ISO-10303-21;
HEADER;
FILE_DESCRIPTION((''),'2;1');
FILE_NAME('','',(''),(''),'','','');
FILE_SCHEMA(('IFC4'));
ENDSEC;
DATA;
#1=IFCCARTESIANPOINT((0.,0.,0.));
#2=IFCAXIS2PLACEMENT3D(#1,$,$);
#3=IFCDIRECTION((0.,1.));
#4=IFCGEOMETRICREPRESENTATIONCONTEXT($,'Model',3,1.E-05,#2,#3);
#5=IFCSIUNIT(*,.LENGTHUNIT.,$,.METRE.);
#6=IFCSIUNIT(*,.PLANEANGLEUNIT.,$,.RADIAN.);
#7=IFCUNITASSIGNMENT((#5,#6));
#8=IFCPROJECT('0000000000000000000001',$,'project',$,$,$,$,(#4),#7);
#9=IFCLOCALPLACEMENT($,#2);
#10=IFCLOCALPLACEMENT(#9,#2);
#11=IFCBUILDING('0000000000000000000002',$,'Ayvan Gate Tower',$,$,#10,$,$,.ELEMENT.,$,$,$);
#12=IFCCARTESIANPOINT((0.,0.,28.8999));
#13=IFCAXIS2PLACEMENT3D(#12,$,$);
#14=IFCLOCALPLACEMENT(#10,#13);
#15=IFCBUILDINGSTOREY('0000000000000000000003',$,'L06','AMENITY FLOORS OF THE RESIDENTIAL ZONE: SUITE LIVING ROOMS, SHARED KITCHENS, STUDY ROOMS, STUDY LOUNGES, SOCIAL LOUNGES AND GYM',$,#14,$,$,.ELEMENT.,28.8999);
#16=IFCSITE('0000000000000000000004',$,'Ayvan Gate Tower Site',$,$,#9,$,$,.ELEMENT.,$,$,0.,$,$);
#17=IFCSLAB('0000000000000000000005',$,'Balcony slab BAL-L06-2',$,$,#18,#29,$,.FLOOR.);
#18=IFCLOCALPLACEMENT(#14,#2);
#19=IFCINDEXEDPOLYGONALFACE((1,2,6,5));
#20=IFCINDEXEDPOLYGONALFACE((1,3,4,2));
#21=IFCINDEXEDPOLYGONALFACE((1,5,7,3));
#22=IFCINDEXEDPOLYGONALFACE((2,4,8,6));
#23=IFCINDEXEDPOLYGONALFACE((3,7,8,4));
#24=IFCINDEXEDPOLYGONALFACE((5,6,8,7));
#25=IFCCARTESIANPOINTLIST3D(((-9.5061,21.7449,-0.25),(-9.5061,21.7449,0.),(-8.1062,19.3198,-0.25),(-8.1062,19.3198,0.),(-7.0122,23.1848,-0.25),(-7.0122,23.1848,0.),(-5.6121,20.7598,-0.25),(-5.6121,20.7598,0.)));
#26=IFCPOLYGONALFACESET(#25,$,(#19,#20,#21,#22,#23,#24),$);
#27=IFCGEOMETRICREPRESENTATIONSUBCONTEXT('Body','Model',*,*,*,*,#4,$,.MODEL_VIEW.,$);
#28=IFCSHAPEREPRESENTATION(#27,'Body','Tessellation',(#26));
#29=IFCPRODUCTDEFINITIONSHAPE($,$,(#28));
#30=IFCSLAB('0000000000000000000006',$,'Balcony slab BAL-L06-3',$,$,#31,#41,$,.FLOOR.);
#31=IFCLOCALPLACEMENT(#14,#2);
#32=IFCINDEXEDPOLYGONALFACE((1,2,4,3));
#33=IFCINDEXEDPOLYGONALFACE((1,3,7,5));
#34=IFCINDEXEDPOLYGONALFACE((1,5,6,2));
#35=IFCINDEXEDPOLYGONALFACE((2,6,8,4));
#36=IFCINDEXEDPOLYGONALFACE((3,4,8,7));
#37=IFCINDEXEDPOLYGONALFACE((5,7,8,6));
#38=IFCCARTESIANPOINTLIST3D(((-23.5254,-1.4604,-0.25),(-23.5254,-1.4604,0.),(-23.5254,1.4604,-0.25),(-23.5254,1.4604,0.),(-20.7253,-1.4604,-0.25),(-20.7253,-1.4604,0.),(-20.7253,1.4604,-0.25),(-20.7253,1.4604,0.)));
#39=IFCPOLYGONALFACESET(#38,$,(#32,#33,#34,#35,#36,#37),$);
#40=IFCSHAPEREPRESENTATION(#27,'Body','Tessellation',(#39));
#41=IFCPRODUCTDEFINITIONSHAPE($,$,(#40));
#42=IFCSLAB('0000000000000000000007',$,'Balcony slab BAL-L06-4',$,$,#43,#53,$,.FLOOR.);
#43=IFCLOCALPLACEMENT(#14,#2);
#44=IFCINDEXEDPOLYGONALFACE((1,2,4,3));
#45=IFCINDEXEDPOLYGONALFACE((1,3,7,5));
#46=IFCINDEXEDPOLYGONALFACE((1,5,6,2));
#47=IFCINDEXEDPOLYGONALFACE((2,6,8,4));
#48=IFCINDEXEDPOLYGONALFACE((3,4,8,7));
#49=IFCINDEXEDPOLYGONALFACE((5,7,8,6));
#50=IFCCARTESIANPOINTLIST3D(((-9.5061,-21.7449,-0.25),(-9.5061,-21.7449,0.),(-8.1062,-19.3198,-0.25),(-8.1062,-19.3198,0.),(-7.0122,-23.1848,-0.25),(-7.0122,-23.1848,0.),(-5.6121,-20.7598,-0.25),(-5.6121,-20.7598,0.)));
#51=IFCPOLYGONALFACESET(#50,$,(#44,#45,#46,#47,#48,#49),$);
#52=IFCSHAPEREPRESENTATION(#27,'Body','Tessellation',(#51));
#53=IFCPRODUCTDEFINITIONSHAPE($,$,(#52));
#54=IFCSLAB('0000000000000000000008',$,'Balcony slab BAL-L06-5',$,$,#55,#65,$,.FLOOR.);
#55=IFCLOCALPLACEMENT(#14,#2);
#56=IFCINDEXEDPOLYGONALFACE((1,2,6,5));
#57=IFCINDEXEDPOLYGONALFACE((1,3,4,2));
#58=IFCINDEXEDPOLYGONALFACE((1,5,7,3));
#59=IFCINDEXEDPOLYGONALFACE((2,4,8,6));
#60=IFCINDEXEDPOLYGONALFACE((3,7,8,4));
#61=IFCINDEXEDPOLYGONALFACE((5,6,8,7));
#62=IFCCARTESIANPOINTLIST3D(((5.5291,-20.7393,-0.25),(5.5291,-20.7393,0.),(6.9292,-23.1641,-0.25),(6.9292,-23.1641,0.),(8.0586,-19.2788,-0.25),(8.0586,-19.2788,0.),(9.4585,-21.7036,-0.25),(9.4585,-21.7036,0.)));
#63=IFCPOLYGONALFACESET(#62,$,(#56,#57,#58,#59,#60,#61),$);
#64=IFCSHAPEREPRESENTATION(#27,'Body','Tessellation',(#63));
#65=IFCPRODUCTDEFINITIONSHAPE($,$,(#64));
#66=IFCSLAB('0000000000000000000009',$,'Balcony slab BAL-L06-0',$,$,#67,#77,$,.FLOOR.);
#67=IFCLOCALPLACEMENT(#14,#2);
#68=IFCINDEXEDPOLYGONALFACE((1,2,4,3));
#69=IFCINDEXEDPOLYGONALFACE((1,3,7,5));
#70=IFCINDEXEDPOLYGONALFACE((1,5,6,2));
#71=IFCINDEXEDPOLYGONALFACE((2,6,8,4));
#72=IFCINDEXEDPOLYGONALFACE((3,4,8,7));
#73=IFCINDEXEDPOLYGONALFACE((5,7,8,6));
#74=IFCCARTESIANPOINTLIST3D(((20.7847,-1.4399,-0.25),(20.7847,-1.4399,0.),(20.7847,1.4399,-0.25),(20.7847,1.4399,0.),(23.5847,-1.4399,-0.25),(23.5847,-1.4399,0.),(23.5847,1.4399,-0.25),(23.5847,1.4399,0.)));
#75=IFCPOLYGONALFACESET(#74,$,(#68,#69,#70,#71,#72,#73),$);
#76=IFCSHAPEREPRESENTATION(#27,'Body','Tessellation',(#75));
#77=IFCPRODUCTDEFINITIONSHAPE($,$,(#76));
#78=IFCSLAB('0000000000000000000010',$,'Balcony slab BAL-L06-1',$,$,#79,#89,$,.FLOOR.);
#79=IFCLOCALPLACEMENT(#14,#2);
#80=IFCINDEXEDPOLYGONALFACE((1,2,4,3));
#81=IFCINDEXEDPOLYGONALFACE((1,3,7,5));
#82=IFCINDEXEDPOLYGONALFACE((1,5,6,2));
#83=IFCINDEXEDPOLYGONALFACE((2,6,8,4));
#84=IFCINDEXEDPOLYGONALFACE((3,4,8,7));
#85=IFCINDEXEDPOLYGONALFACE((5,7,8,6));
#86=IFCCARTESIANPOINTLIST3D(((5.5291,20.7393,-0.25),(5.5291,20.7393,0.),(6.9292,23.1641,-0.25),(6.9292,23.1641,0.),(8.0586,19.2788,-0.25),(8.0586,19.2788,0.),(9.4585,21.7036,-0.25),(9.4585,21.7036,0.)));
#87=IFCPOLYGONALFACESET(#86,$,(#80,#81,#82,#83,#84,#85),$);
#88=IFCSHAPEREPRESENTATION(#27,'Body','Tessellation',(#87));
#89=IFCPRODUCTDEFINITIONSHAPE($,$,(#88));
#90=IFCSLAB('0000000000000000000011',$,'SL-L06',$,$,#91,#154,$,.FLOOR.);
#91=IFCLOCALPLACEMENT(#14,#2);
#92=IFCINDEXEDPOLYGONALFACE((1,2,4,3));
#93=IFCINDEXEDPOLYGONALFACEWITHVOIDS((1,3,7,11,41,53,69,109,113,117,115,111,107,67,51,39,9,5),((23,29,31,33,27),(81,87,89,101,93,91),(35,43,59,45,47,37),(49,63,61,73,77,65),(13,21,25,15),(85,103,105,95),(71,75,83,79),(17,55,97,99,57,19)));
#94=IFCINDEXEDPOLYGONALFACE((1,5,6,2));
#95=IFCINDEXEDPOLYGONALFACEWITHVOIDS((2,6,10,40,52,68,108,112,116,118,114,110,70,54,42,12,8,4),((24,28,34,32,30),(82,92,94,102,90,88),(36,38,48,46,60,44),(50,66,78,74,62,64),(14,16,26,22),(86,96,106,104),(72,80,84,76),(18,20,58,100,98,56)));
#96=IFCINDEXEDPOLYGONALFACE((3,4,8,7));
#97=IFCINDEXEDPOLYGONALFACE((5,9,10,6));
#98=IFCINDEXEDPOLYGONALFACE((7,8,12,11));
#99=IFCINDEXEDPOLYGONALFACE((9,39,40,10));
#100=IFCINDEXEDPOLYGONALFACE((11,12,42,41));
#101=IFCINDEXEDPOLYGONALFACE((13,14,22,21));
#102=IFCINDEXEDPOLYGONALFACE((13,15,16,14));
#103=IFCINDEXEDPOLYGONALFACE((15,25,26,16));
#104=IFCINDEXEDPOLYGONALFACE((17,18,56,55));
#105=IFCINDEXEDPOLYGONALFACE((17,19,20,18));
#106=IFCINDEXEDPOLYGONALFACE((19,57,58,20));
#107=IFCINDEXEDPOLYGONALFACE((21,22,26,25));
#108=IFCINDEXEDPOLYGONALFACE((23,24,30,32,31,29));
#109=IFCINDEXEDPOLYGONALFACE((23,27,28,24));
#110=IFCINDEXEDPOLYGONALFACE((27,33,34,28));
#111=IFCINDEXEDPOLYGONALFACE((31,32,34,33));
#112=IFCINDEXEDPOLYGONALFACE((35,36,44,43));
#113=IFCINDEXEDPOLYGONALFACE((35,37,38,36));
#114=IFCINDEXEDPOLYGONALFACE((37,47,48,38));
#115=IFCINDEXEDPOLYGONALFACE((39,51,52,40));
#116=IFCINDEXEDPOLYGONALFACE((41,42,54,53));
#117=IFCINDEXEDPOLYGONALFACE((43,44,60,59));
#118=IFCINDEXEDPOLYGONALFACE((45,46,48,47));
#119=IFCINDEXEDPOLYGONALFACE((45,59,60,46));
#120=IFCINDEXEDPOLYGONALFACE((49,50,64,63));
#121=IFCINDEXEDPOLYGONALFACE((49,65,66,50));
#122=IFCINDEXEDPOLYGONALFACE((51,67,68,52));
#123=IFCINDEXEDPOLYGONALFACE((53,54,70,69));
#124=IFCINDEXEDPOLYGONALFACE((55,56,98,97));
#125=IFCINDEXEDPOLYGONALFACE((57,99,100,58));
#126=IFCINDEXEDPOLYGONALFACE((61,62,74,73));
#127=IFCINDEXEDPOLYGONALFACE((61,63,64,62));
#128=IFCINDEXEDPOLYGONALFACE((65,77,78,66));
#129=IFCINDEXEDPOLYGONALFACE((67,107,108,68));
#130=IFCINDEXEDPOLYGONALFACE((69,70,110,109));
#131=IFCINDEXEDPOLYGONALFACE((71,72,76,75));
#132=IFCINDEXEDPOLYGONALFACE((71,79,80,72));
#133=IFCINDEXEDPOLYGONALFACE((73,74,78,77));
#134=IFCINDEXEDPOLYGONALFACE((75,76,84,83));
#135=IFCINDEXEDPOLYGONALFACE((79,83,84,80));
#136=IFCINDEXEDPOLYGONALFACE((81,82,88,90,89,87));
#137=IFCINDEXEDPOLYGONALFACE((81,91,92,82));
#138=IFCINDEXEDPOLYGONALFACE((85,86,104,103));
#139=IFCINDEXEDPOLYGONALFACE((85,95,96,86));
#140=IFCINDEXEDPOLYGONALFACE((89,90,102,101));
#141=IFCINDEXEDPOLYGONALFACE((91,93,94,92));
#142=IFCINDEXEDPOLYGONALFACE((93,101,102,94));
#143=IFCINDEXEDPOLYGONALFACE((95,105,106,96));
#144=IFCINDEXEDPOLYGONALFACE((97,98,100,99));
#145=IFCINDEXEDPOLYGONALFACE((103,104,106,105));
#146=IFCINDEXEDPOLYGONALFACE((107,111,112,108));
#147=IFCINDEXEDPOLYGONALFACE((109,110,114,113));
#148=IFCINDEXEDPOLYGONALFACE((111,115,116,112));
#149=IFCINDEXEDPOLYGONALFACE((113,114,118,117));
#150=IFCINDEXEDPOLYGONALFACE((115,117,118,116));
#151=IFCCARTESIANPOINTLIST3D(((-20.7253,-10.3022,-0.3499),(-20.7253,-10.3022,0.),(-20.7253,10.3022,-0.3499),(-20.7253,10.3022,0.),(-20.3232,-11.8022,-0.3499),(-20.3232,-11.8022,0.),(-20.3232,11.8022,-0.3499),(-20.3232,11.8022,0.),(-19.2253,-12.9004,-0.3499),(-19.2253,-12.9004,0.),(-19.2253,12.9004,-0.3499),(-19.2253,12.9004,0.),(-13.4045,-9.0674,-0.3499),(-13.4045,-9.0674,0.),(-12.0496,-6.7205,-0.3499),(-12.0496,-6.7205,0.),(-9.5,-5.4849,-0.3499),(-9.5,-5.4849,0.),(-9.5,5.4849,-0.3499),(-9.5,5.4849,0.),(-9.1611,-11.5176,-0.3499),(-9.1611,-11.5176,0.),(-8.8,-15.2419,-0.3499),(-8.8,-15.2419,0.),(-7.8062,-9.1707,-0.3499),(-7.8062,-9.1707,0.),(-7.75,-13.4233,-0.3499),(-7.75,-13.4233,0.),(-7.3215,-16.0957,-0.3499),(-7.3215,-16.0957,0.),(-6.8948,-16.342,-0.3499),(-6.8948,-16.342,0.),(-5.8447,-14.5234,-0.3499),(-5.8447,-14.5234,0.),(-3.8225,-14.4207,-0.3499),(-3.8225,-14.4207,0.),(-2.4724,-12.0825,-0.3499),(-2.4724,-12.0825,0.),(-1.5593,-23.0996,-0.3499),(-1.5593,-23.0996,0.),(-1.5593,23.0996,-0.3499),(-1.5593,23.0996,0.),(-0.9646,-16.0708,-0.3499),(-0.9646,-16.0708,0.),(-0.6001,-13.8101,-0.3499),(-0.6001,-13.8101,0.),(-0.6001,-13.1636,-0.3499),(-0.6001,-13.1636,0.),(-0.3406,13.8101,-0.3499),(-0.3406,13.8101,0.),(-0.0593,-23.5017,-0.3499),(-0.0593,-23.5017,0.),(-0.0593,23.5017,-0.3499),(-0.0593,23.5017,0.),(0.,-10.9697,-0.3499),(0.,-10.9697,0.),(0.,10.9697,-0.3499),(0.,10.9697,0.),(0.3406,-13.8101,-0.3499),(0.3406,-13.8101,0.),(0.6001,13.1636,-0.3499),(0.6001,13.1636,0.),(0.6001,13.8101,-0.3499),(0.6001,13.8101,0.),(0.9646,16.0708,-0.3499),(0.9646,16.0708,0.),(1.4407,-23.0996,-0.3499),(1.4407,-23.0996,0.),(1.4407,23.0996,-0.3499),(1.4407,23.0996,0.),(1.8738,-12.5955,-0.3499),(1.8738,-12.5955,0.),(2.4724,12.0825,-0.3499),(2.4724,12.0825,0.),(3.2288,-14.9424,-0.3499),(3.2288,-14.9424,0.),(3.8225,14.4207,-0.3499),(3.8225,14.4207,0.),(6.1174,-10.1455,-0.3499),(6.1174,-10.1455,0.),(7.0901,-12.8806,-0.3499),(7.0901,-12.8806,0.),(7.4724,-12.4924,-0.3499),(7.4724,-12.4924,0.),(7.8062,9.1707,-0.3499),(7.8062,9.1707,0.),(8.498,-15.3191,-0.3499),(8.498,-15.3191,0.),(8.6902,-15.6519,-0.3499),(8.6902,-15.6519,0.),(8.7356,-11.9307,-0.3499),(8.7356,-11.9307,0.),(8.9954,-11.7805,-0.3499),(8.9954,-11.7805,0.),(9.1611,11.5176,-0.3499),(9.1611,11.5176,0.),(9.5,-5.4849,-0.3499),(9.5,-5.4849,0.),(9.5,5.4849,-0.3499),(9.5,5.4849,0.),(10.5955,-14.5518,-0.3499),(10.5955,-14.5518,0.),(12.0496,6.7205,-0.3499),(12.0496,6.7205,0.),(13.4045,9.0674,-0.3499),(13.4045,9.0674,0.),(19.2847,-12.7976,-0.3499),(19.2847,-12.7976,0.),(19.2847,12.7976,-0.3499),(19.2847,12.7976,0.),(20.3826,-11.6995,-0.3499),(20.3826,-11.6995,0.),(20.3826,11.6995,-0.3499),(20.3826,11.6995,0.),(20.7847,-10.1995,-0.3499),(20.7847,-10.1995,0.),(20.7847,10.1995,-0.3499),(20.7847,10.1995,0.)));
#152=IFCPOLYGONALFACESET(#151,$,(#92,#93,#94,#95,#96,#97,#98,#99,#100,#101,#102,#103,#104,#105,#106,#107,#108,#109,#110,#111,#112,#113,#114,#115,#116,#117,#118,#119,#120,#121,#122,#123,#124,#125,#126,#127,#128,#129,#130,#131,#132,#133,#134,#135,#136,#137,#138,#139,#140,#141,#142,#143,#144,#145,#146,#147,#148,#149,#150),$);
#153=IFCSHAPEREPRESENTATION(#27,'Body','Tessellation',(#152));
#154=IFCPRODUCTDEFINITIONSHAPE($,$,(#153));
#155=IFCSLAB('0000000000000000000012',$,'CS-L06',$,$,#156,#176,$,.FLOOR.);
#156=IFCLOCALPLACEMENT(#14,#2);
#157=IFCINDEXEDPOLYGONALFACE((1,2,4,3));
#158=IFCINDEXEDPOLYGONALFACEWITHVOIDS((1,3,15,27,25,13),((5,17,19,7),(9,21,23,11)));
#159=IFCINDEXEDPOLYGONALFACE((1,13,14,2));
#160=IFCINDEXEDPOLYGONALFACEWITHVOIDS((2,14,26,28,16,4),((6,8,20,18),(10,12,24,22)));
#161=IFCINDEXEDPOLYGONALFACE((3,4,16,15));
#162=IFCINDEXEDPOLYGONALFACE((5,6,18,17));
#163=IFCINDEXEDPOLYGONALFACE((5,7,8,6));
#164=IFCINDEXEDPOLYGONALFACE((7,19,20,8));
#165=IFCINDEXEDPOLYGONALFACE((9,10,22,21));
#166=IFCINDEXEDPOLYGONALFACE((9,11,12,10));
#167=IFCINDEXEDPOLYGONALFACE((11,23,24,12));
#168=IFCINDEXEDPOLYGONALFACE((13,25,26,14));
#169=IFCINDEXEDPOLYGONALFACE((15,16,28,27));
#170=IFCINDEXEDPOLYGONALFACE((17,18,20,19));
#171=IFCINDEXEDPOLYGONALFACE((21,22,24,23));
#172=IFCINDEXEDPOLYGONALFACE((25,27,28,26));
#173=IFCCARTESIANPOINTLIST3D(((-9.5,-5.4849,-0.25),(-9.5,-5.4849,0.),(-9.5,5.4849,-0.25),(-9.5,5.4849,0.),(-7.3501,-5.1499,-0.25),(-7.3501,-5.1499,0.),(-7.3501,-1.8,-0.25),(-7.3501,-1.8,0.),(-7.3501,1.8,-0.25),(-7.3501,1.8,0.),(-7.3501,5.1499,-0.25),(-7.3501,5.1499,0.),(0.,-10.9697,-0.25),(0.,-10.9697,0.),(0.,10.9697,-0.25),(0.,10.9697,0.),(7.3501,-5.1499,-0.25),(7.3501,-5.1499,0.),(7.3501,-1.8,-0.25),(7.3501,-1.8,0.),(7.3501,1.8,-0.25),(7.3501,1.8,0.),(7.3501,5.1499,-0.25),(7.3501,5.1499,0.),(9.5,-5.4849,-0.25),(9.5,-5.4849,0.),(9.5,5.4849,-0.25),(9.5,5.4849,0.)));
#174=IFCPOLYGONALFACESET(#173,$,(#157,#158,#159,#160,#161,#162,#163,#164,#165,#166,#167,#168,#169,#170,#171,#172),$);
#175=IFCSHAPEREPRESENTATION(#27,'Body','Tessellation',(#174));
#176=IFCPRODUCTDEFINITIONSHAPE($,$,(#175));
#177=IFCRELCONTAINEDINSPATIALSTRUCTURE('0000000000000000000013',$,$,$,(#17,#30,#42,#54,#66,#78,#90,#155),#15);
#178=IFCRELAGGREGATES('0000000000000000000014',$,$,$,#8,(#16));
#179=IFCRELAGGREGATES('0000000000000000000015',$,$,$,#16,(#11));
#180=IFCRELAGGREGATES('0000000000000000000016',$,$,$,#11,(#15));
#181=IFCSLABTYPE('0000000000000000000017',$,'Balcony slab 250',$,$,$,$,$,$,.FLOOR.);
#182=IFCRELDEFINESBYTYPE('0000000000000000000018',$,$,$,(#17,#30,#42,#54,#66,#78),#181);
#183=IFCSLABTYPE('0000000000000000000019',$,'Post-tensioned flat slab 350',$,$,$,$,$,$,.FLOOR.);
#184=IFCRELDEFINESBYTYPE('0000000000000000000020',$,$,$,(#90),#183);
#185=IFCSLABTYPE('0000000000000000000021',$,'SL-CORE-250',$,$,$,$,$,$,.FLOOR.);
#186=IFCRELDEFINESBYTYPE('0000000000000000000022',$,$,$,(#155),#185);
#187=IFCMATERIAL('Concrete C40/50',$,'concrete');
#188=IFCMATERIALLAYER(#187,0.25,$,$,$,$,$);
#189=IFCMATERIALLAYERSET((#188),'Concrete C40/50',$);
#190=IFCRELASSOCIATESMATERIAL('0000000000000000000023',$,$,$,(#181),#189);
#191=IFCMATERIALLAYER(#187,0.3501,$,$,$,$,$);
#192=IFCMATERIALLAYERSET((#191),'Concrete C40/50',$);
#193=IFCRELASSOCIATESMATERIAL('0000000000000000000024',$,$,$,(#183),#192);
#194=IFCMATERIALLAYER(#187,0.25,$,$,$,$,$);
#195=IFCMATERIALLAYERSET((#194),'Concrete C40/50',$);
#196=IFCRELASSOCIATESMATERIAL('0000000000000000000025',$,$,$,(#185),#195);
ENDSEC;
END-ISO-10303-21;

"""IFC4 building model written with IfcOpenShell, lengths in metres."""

from ifc_helpers import new_model, si_unit, direction, frame, origin, place, context, subcontext, project, spatial, polyline, outline, extrude, material, layer, layer_set, type_object, element, save


model = new_model("IFC4")

# Units and contexts
model_context = context("Model", 3, precision=1e-05, world=origin(), true_north=direction((0.0, 1.0)))
body_context = subcontext(model_context, "Body", "Model", "MODEL_VIEW")
ifc_project = project(units=[si_unit("LENGTHUNIT", "METRE"), si_unit("PLANEANGLEUNIT", "RADIAN")], contexts=[model_context])

# Site, building, storey
site_placement = place(None, origin())
site = spatial("IfcSite", under=ifc_project, at=site_placement, Name="Ayvan Gate Tower Site", CompositionType="ELEMENT", RefElevation=0.0)
building_placement = place(site_placement, origin())
building = spatial("IfcBuilding", under=site, at=building_placement, Name="Ayvan Gate Tower", CompositionType="ELEMENT")
storey_placement = place(building_placement, frame((0.0, 0.0, 28.8999)))
storey = spatial("IfcBuildingStorey", under=building, at=storey_placement, Name="L06", Description="AMENITY FLOORS OF THE RESIDENTIAL ZONE: SUITE LIVING ROOMS, SHARED KITCHENS, STUDY ROOMS, STUDY LOUNGES, SOCIAL LOUNGES AND GYM", CompositionType="ELEMENT", Elevation=28.8999)

# Slabs
ifc_material_1 = material(Name="Concrete C40/50", Category="concrete")
ifc_layer_1 = layer(ifc_material_1, 0.25)
ifc_layer_set_1 = layer_set([ifc_layer_1], Name="Concrete C40/50")
slab_type_1 = type_object("IfcSlabType", Name="Balcony slab 250", PredefinedType="FLOOR", material=ifc_layer_set_1)
slab_1_placement = place(storey_placement, frame((0.0, 0.0, -0.25)))
element("IfcSlab", 1, at=slab_1_placement, inside=storey, type_object=slab_type_1, Name="Balcony slab BAL-L06-2", PredefinedType="FLOOR", context=body_context, shape_type="SweptSolid", body=[
    extrude(outline(polyline([(-5.6121, 20.7598), (-8.1062, 19.3198), (-9.5061, 21.7449), (-7.0122, 23.1848), (-5.6121, 20.7598)])), origin(), (0.0, 0.0, 1.0), 0.25),
])
slab_2_placement = place(storey_placement, frame((0.0, 0.0, -0.25)))
element("IfcSlab", 2, at=slab_2_placement, inside=storey, type_object=slab_type_1, Name="Balcony slab BAL-L06-3", PredefinedType="FLOOR", context=body_context, shape_type="SweptSolid", body=[
    extrude(outline(polyline([(-20.7253, 1.4604), (-20.7253, -1.4604), (-23.5254, -1.4604), (-23.5254, 1.4604), (-20.7253, 1.4604)])), origin(), (0.0, 0.0, 1.0), 0.25),
])
slab_3_placement = place(storey_placement, frame((0.0, 0.0, -0.25)))
element("IfcSlab", 3, at=slab_3_placement, inside=storey, type_object=slab_type_1, Name="Balcony slab BAL-L06-4", PredefinedType="FLOOR", context=body_context, shape_type="SweptSolid", body=[
    extrude(outline(polyline([(-8.1062, -19.3198), (-5.6121, -20.7598), (-7.0122, -23.1848), (-9.5061, -21.7449), (-8.1062, -19.3198)])), origin(), (0.0, 0.0, 1.0), 0.25),
])
slab_4_placement = place(storey_placement, frame((0.0, 0.0, -0.25)))
element("IfcSlab", 4, at=slab_4_placement, inside=storey, type_object=slab_type_1, Name="Balcony slab BAL-L06-5", PredefinedType="FLOOR", context=body_context, shape_type="SweptSolid", body=[
    extrude(outline(polyline([(5.5291, -20.7393), (8.0586, -19.2788), (9.4585, -21.7036), (6.9292, -23.1641), (5.5291, -20.7393)])), origin(), (0.0, 0.0, 1.0), 0.25),
])
slab_5_placement = place(storey_placement, frame((0.0, 0.0, -0.25)))
element("IfcSlab", 5, at=slab_5_placement, inside=storey, type_object=slab_type_1, Name="Balcony slab BAL-L06-0", PredefinedType="FLOOR", context=body_context, shape_type="SweptSolid", body=[
    extrude(outline(polyline([(20.7847, -1.4399), (20.7847, 1.4399), (23.5847, 1.4399), (23.5847, -1.4399), (20.7847, -1.4399)])), origin(), (0.0, 0.0, 1.0), 0.25),
])
slab_6_placement = place(storey_placement, frame((0.0, 0.0, -0.25)))
element("IfcSlab", 6, at=slab_6_placement, inside=storey, type_object=slab_type_1, Name="Balcony slab BAL-L06-1", PredefinedType="FLOOR", context=body_context, shape_type="SweptSolid", body=[
    extrude(outline(polyline([(8.0586, 19.2788), (5.5291, 20.7393), (6.9292, 23.1641), (9.4585, 21.7036), (8.0586, 19.2788)])), origin(), (0.0, 0.0, 1.0), 0.25),
])
ifc_layer_2 = layer(ifc_material_1, 0.3501)
ifc_layer_set_2 = layer_set([ifc_layer_2], Name="Concrete C40/50")
slab_type_2 = type_object("IfcSlabType", Name="Post-tensioned flat slab 350", PredefinedType="FLOOR", material=ifc_layer_set_2)
slab_7_placement = place(storey_placement, frame((0.0, 0.0, -0.3499)))
element("IfcSlab", 7, at=slab_7_placement, inside=storey, type_object=slab_type_2, Name="SL-L06", PredefinedType="FLOOR", context=body_context, shape_type="SweptSolid", body=[
    extrude(outline(polyline([(-1.5593, -23.0996), (-19.2253, -12.9004), (-20.3232, -11.8022), (-20.7253, -10.3022), (-20.7253, 10.3022), (-20.3232, 11.8022), (-19.2253, 12.9004), (-1.5593, 23.0996), (-0.0593, 23.5017), (1.4407, 23.0996), (19.2847, 12.7976), (20.3826, 11.6995), (20.7847, 10.1995), (20.7847, -10.1995), (20.3826, -11.6995), (19.2847, -12.7976), (1.4407, -23.0996), (-0.0593, -23.5017), (-1.5593, -23.0996)]), holes=[polyline([(9.1611, 11.5176), (7.8062, 9.1707), (12.0496, 6.7205), (13.4045, 9.0674), (9.1611, 11.5176)]), polyline([(7.0901, -12.8806), (8.498, -15.3191), (8.6902, -15.6519), (10.5955, -14.5518), (8.9954, -11.7805), (8.7356, -11.9307), (7.0901, -12.8806)]), polyline([(-9.5, 5.4849), (-9.5, -5.4849), (0.0, -10.9697), (9.5, -5.4849), (9.5, 5.4849), (0.0, 10.9697), (-9.5, 5.4849)]), polyline([(7.4724, -12.4924), (6.1174, -10.1455), (1.8738, -12.5955), (3.2288, -14.9424), (7.4724, -12.4924)]), polyline([(3.8225, 14.4207), (0.9646, 16.0708), (-0.3406, 13.8101), (0.6001, 13.8101), (0.6001, 13.1636), (2.4724, 12.0825), (3.8225, 14.4207)]), polyline([(-0.6001, -13.8101), (-0.6001, -13.1636), (-2.4724, -12.0825), (-3.8225, -14.4207), (-0.9646, -16.0708), (0.3406, -13.8101), (-0.6001, -13.8101)]), polyline([(-6.8948, -16.342), (-5.8447, -14.5234), (-7.75, -13.4233), (-8.8, -15.2419), (-7.3215, -16.0957), (-6.8948, -16.342)]), polyline([(-12.0496, -6.7205), (-13.4045, -9.0674), (-9.1611, -11.5176), (-7.8062, -9.1707), (-12.0496, -6.7205)])]), origin(), (0.0, 0.0, 1.0), 0.3499),
])
ifc_layer_3 = layer(ifc_material_1, 0.25)
ifc_layer_set_3 = layer_set([ifc_layer_3], Name="Concrete C40/50")
slab_type_3 = type_object("IfcSlabType", Name="SL-CORE-250", PredefinedType="FLOOR", material=ifc_layer_set_3)
slab_8_placement = place(storey_placement, frame((0.0, 0.0, -0.25)))
element("IfcSlab", 8, at=slab_8_placement, inside=storey, type_object=slab_type_3, Name="CS-L06", PredefinedType="FLOOR", context=body_context, shape_type="SweptSolid", body=[
    extrude(outline(polyline([(9.5, -5.4849), (0.0, -10.9697), (-9.5, -5.4849), (-9.5, 5.4849), (0.0, 10.9697), (9.5, 5.4849), (9.5, -5.4849)]), holes=[polyline([(-7.3501, -1.8), (-7.3501, -5.1499), (7.3501, -5.1499), (7.3501, -1.8), (-7.3501, -1.8)]), polyline([(-7.3501, 5.1499), (-7.3501, 1.8), (7.3501, 1.8), (7.3501, 5.1499), (-7.3501, 5.1499)])]), origin(), (0.0, 0.0, 1.0), 0.25),
])

save(model, "model.ifc")
